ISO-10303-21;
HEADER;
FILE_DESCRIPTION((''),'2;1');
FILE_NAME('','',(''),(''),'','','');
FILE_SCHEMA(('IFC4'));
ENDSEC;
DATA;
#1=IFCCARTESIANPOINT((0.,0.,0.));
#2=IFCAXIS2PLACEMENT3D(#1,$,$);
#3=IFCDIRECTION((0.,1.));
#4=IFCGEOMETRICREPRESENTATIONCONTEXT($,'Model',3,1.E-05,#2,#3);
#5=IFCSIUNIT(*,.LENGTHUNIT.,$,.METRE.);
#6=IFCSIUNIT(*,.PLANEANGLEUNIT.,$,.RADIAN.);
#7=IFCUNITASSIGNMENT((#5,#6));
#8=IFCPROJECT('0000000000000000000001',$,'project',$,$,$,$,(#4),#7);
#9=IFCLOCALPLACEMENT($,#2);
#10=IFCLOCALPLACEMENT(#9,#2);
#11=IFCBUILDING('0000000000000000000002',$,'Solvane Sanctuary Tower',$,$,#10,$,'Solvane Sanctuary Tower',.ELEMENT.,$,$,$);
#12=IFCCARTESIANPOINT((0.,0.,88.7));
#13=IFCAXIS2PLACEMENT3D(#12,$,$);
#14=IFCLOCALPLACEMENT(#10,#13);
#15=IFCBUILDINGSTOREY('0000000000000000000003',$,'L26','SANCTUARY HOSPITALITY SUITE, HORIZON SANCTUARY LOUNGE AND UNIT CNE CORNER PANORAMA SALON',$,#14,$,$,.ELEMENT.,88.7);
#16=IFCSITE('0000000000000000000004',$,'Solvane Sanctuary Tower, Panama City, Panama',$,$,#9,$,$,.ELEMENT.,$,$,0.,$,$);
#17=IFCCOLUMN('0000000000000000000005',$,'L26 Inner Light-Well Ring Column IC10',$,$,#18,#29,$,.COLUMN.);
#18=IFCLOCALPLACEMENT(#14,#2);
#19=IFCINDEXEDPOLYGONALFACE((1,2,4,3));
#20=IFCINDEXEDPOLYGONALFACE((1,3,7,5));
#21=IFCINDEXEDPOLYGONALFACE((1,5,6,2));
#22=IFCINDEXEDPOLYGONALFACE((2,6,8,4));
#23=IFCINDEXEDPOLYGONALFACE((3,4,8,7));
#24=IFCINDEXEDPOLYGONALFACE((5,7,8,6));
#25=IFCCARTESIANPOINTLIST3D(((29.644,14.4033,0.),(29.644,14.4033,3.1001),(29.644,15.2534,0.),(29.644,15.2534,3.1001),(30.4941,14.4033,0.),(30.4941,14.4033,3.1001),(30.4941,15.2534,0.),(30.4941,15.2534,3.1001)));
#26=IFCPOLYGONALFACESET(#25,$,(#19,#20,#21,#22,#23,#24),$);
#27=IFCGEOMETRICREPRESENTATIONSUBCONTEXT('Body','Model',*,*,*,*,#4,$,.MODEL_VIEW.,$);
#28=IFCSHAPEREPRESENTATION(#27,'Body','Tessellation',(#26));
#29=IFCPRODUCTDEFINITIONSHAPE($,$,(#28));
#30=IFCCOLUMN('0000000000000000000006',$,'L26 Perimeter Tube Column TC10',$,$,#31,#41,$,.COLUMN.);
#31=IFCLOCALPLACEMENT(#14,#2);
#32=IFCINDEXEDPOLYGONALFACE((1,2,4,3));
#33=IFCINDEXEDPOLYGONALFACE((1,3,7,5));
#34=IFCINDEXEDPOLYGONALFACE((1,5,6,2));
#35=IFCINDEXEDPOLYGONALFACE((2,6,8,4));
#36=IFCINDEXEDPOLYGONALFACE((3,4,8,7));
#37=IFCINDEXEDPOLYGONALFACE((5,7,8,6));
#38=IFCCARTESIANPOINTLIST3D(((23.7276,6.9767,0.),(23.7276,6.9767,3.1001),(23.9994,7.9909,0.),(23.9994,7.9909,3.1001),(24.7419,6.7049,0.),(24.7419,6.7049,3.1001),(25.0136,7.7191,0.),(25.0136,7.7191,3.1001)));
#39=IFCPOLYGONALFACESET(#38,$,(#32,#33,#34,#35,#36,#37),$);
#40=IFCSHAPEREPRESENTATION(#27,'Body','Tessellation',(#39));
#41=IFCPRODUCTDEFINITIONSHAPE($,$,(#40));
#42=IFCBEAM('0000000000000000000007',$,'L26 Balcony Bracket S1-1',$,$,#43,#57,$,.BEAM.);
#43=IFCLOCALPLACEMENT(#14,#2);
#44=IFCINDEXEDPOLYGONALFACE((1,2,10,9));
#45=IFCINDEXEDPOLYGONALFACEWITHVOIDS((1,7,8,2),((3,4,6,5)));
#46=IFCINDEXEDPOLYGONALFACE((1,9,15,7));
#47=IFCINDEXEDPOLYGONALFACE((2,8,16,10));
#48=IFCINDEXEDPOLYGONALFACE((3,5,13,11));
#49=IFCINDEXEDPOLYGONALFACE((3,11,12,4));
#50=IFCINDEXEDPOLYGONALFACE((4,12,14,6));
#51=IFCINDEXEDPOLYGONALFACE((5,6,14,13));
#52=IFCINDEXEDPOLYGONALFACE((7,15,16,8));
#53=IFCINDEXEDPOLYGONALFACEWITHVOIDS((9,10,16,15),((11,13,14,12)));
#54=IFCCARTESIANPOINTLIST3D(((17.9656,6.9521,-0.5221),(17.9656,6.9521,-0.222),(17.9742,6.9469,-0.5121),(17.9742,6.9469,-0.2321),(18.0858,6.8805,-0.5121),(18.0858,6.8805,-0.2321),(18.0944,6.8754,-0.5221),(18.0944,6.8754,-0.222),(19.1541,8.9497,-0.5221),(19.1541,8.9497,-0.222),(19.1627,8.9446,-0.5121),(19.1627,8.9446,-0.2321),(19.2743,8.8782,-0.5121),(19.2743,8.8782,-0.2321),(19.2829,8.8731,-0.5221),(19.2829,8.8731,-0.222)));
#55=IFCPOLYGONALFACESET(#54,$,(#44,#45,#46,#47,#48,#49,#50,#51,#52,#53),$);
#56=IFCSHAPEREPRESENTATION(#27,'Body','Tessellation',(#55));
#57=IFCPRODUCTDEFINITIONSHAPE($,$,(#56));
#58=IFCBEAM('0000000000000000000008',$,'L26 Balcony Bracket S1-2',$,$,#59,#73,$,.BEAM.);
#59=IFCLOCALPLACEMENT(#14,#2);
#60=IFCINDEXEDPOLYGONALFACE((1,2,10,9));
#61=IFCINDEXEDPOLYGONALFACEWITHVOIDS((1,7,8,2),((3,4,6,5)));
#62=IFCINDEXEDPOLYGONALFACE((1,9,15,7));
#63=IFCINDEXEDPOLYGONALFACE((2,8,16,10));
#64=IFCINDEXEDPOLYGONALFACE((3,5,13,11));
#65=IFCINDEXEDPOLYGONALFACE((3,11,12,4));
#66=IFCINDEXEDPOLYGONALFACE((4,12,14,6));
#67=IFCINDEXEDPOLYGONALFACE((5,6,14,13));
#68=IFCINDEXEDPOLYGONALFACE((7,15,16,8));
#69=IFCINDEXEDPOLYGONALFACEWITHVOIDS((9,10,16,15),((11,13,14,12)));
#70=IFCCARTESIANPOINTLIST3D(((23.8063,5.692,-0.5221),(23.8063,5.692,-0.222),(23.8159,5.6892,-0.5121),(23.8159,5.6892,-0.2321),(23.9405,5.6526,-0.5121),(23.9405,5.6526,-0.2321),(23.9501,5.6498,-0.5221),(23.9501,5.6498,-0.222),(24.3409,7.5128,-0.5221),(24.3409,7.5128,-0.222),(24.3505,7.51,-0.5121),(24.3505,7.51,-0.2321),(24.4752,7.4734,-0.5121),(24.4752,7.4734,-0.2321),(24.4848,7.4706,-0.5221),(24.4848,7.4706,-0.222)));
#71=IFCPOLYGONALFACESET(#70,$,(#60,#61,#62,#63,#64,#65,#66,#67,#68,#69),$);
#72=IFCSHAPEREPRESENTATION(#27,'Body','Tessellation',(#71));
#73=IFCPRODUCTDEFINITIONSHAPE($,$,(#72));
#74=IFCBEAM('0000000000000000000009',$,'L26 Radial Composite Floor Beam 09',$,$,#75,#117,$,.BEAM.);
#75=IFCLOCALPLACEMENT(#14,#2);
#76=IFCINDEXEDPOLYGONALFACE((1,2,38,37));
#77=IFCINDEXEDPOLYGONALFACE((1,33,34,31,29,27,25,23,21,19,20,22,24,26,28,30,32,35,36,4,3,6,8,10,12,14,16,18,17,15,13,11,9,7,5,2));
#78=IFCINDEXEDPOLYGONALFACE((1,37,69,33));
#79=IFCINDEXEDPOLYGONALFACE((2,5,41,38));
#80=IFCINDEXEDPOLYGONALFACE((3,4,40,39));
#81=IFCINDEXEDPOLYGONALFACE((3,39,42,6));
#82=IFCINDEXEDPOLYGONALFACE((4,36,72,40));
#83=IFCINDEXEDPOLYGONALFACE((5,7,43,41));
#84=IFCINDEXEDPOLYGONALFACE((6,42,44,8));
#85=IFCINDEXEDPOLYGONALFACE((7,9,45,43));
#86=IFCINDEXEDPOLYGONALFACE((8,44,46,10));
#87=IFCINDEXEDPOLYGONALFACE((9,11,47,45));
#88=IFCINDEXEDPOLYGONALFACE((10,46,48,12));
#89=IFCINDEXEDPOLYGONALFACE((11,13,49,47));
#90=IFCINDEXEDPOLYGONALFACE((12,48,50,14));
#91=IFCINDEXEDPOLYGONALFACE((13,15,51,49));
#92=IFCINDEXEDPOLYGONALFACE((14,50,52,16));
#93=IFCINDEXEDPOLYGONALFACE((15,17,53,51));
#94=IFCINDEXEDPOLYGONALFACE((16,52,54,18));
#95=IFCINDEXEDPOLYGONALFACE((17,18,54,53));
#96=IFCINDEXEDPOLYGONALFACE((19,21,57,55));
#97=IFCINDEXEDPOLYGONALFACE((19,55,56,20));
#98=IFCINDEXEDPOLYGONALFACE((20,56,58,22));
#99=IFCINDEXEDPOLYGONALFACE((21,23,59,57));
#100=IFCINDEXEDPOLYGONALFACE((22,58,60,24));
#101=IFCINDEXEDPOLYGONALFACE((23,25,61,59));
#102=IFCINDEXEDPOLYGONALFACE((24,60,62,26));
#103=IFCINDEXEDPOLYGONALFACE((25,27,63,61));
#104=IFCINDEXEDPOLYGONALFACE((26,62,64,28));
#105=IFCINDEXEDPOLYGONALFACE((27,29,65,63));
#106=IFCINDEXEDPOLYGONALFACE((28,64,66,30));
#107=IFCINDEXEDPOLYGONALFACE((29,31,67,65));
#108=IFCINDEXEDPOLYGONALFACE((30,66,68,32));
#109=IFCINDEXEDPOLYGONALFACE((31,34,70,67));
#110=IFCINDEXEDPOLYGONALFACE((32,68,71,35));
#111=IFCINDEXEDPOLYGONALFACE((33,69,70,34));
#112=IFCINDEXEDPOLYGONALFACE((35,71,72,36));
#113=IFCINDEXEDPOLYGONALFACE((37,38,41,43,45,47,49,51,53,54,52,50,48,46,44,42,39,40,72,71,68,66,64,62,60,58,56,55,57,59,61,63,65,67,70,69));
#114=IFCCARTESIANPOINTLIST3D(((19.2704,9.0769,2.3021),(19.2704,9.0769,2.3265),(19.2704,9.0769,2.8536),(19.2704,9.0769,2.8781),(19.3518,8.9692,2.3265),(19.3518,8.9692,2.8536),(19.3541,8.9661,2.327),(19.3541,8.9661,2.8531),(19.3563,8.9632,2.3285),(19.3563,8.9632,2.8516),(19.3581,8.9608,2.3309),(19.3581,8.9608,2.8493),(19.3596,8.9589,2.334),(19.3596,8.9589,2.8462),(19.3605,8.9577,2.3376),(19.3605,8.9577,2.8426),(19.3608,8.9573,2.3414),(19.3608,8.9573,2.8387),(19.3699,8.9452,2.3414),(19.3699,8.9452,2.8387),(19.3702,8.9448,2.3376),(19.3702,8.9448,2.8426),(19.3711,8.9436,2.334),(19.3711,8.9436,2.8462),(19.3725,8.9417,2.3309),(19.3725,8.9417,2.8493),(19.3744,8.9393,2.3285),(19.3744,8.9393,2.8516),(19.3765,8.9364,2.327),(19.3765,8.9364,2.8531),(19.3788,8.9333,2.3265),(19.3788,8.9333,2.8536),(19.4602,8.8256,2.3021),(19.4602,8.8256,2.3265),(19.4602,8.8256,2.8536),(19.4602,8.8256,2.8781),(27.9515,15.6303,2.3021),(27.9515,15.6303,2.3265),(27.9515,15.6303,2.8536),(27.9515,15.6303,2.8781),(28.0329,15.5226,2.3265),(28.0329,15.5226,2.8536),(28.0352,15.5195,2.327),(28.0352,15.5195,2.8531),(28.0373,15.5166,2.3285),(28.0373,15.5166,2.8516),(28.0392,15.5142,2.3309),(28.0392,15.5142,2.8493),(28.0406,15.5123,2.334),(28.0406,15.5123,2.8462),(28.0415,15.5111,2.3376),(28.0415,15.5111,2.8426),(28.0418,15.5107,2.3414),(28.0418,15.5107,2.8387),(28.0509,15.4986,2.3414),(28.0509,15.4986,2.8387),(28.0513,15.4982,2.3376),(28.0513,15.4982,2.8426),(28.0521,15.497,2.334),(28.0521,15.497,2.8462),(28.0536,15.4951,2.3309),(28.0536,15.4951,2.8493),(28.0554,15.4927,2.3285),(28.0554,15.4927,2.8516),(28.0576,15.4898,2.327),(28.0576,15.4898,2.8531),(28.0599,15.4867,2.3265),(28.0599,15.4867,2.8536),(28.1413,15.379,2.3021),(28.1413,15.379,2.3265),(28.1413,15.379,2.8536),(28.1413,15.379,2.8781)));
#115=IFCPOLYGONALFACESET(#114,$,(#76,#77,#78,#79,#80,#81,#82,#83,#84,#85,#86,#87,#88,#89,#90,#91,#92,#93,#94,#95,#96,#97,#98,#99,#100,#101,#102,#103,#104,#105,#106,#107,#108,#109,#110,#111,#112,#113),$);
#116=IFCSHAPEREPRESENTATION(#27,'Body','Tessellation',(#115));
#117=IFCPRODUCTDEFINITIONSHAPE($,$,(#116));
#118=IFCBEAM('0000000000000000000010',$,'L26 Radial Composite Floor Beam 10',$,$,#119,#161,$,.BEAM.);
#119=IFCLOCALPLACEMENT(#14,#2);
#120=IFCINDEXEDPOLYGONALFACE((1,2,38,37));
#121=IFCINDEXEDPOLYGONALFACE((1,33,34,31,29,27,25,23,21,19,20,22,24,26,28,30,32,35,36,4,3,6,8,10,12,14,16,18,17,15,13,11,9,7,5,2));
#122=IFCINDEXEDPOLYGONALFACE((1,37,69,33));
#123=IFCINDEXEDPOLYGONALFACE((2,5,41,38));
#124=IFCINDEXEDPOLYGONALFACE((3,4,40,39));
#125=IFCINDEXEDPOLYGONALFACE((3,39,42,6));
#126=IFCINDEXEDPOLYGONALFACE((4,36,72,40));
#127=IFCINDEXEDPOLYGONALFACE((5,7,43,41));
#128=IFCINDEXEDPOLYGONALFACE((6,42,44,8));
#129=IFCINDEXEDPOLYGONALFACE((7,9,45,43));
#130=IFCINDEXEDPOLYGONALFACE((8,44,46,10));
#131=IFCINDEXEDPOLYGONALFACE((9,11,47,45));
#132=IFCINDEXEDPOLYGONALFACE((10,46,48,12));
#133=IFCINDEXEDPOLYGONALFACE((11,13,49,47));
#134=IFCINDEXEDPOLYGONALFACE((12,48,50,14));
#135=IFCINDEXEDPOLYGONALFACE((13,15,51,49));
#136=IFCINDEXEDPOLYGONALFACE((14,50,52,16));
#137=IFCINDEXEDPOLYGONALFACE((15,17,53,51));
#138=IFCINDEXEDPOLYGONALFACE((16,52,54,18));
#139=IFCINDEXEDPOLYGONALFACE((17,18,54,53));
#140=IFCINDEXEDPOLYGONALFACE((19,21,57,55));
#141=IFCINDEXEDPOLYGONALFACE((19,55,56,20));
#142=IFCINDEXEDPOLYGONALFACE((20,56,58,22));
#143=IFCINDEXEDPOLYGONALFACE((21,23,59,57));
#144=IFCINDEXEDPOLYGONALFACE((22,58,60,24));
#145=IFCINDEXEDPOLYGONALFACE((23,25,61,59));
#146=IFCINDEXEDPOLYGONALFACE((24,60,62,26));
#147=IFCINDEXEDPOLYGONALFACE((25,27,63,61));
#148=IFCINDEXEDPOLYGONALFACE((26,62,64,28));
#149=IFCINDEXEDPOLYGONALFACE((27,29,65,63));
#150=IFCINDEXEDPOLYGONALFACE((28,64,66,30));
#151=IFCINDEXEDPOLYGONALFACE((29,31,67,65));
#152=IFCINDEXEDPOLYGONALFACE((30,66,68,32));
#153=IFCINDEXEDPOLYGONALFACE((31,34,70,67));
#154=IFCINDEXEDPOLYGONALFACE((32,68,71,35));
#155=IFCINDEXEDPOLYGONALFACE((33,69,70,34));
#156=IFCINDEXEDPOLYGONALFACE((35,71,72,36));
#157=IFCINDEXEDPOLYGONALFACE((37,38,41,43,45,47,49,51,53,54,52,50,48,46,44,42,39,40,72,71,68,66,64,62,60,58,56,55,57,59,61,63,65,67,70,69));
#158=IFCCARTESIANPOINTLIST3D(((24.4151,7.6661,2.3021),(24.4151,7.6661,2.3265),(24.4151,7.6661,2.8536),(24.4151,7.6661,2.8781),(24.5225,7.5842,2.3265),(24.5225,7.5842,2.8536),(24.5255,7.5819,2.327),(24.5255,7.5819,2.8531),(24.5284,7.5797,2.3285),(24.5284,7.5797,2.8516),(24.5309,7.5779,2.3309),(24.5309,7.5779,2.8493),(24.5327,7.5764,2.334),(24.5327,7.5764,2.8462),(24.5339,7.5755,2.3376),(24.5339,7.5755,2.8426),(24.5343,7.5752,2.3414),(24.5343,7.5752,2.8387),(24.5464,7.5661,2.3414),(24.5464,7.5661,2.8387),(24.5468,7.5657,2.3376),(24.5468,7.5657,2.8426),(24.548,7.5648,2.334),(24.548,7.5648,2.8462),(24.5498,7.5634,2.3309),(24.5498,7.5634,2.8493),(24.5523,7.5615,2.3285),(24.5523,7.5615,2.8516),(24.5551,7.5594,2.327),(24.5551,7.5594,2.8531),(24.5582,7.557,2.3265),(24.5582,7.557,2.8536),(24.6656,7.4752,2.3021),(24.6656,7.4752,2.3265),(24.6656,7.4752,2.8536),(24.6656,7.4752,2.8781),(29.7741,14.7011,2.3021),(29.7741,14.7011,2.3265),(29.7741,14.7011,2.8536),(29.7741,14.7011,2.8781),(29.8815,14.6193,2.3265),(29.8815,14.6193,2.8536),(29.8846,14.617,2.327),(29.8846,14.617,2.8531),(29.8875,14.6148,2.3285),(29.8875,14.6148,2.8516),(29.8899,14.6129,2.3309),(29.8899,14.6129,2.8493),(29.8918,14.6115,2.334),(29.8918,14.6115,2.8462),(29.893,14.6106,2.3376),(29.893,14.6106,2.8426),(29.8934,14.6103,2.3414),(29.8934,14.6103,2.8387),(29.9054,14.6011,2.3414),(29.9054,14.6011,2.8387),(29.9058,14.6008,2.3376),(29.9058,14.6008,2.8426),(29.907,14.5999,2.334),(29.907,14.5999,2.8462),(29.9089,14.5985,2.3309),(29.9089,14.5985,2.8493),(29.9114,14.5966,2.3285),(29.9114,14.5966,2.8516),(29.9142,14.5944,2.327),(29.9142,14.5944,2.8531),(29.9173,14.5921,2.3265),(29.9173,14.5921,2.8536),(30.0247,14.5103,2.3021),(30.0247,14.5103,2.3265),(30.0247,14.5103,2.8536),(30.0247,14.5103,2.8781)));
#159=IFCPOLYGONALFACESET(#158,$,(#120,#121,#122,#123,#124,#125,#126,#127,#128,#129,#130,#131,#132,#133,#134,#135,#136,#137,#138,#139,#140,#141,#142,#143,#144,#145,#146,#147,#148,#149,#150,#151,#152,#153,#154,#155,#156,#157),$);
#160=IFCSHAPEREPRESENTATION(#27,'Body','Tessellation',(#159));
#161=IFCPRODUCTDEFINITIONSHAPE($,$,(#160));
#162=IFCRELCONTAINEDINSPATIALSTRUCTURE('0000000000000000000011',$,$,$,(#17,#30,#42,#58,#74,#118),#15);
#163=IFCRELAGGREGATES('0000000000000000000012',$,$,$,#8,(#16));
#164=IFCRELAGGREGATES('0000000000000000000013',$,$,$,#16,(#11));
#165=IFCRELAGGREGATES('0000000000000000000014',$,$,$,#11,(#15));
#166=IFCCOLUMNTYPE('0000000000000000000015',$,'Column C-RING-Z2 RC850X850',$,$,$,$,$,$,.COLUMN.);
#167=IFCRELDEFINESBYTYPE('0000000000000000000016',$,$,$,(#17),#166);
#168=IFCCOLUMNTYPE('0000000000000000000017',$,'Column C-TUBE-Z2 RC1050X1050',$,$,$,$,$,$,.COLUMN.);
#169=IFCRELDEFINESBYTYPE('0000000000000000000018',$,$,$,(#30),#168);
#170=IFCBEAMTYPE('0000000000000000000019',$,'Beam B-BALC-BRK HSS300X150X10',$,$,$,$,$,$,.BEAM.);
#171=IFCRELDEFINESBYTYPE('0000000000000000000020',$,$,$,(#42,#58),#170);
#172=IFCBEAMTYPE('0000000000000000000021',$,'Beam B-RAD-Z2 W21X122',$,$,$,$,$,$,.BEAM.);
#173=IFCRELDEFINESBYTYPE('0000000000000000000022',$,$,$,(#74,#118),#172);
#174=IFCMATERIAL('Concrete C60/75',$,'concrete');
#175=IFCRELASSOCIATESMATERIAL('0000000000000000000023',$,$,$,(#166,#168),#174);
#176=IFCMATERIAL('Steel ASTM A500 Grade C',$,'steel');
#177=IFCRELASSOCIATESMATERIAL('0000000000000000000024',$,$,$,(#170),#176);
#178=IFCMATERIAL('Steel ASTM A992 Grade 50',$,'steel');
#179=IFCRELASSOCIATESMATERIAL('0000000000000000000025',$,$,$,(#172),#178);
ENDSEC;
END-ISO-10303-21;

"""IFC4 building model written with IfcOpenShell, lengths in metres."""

from ifc_helpers import new_model, si_unit, direction, frame, origin, origin_2d, place, context, subcontext, project, spatial, rectangle, hollow_rectangle, i_section, extrude, material, material_profile, profile_set, type_object, element, save


model = new_model("IFC4")

# Units and contexts
model_context = context("Model", 3, precision=1e-05, world=origin(), true_north=direction((0.0, 1.0)))
body_context = subcontext(model_context, "Body", "Model", "MODEL_VIEW")
ifc_project = project(units=[si_unit("LENGTHUNIT", "METRE"), si_unit("PLANEANGLEUNIT", "RADIAN")], contexts=[model_context])

# Site, building, storey
site_placement = place(None, origin())
site = spatial("IfcSite", under=ifc_project, at=site_placement, Name="Solvane Sanctuary Tower, Panama City, Panama", CompositionType="ELEMENT", RefElevation=0.0)
building_placement = place(site_placement, origin())
building = spatial("IfcBuilding", under=site, at=building_placement, Name="Solvane Sanctuary Tower", LongName="Solvane Sanctuary Tower", CompositionType="ELEMENT")
storey_placement = place(building_placement, frame((0.0, 0.0, 88.7)))
storey = spatial("IfcBuildingStorey", under=building, at=storey_placement, Name="L26", Description="SANCTUARY HOSPITALITY SUITE, HORIZON SANCTUARY LOUNGE AND UNIT CNE CORNER PANORAMA SALON", CompositionType="ELEMENT", Elevation=88.7)

# Columns
ifc_material_1 = material(Name="Concrete C60/75", Category="concrete")
ifc_material_profile_1 = material_profile(ifc_material_1, rectangle(XDim=0.8501, YDim=0.8501, at=origin_2d()), Name="RC850X850")
ifc_profile_set_1 = profile_set([ifc_material_profile_1], Name="Concrete C60/75")
column_type_1 = type_object("IfcColumnType", Name="Column C-RING-Z2 RC850X850", PredefinedType="COLUMN", material=ifc_profile_set_1)
column_1_placement = place(storey_placement, frame((30.0691, 14.8284, 0.0), z_axis=(0.0, 0.0, 1.0), x_axis=(1.0, 0.0, 0.0)))
element("IfcColumn", 1, at=column_1_placement, inside=storey, type_object=column_type_1, Name="L26 Inner Light-Well Ring Column IC10", PredefinedType="COLUMN", context=body_context, shape_type="SweptSolid", body=[
    extrude(rectangle(XDim=0.8501, YDim=0.8501, at=origin_2d()), origin(), (0.0, 0.0, 1.0), 3.1001),
])
ifc_material_profile_2 = material_profile(ifc_material_1, rectangle(XDim=1.05, YDim=1.05, at=origin_2d()), Name="RC1050X1050")
ifc_profile_set_2 = profile_set([ifc_material_profile_2], Name="Concrete C60/75")
column_type_2 = type_object("IfcColumnType", Name="Column C-TUBE-Z2 RC1050X1050", PredefinedType="COLUMN", material=ifc_profile_set_2)
column_2_placement = place(storey_placement, frame((24.3706, 7.3479, 0.0), z_axis=(0.0, 0.0, 1.0), x_axis=(-0.258819, -0.965926, 0.0)))
element("IfcColumn", 2, at=column_2_placement, inside=storey, type_object=column_type_2, Name="L26 Perimeter Tube Column TC10", PredefinedType="COLUMN", context=body_context, shape_type="SweptSolid", body=[
    extrude(rectangle(XDim=1.05, YDim=1.05, at=origin_2d()), origin(), (0.0, 0.0, 1.0), 3.1001),
])

# Beams
ifc_material_2 = material(Name="Steel ASTM A500 Grade C", Category="steel")
ifc_material_profile_3 = material_profile(ifc_material_2, hollow_rectangle(XDim=0.1499, YDim=0.3, WallThickness=0.01, at=origin_2d()), Name="HSS300X150X10")
ifc_profile_set_3 = profile_set([ifc_material_profile_3], Name="Steel ASTM A500 Grade C")
beam_type_1 = type_object("IfcBeamType", Name="Beam B-BALC-BRK HSS300X150X10", PredefinedType="BEAM", material=ifc_profile_set_3)
beam_1_placement = place(storey_placement, frame((19.2185, 8.9114, -0.3721), z_axis=(-0.51131, -0.859396, 0.0), x_axis=(0.859396, -0.51131, 0.0)))
element("IfcBeam", 3, at=beam_1_placement, inside=storey, type_object=beam_type_1, Name="L26 Balcony Bracket S1-1", PredefinedType="BEAM", context=body_context, shape_type="SweptSolid", body=[
    extrude(hollow_rectangle(XDim=0.1499, YDim=0.3, WallThickness=0.01, at=origin_2d()), origin(), (0.0, 0.0, 1.0), 2.3245),
])
beam_2_placement = place(storey_placement, frame((24.4128, 7.4917, -0.3721), z_axis=(-0.281748, -0.959488, 0.0), x_axis=(0.959488, -0.281748, 0.0)))
element("IfcBeam", 4, at=beam_2_placement, inside=storey, type_object=beam_type_1, Name="L26 Balcony Bracket S1-2", PredefinedType="BEAM", context=body_context, shape_type="SweptSolid", body=[
    extrude(hollow_rectangle(XDim=0.1499, YDim=0.3, WallThickness=0.01, at=origin_2d()), origin(), (0.0, 0.0, 1.0), 1.8977),
])
ifc_material_3 = material(Name="Steel ASTM A992 Grade 50", Category="steel")
ifc_material_profile_4 = material_profile(ifc_material_3, i_section(OverallWidth=0.3149, OverallDepth=0.5759, WebThickness=0.0151, FlangeThickness=0.0244, FilletRadius=0.0149, at=origin_2d()), Name="W21X122")
ifc_profile_set_4 = profile_set([ifc_material_profile_4], Name="Steel ASTM A992 Grade 50")
beam_type_2 = type_object("IfcBeamType", Name="Beam B-RAD-Z2 W21X122", PredefinedType="BEAM", material=ifc_profile_set_4)
beam_3_placement = place(storey_placement, frame((28.0464, 15.5046, 2.5901), z_axis=(-0.798116, -0.602504, 0.0), x_axis=(0.602504, -0.798116, 0.0)))
element("IfcBeam", 5, at=beam_3_placement, inside=storey, type_object=beam_type_2, Name="L26 Radial Composite Floor Beam 09", PredefinedType="BEAM", context=body_context, shape_type="SweptSolid", body=[
    extrude(i_section(OverallWidth=0.3149, OverallDepth=0.5759, WebThickness=0.0151, FlangeThickness=0.0244, FilletRadius=0.0149, at=origin_2d()), origin(), (0.0, 0.0, 1.0), 10.877),
])
beam_4_placement = place(storey_placement, frame((29.8994, 14.6057, 2.5901), z_axis=(-0.605973, -0.795486, 0.0), x_axis=(0.795486, -0.605973, 0.0)))
element("IfcBeam", 6, at=beam_4_placement, inside=storey, type_object=beam_type_2, Name="L26 Radial Composite Floor Beam 10", PredefinedType="BEAM", context=body_context, shape_type="SweptSolid", body=[
    extrude(i_section(OverallWidth=0.3149, OverallDepth=0.5759, WebThickness=0.0151, FlangeThickness=0.0244, FilletRadius=0.0149, at=origin_2d()), origin(), (0.0, 0.0, 1.0), 8.8438),
])

save(model, "model.ifc")
